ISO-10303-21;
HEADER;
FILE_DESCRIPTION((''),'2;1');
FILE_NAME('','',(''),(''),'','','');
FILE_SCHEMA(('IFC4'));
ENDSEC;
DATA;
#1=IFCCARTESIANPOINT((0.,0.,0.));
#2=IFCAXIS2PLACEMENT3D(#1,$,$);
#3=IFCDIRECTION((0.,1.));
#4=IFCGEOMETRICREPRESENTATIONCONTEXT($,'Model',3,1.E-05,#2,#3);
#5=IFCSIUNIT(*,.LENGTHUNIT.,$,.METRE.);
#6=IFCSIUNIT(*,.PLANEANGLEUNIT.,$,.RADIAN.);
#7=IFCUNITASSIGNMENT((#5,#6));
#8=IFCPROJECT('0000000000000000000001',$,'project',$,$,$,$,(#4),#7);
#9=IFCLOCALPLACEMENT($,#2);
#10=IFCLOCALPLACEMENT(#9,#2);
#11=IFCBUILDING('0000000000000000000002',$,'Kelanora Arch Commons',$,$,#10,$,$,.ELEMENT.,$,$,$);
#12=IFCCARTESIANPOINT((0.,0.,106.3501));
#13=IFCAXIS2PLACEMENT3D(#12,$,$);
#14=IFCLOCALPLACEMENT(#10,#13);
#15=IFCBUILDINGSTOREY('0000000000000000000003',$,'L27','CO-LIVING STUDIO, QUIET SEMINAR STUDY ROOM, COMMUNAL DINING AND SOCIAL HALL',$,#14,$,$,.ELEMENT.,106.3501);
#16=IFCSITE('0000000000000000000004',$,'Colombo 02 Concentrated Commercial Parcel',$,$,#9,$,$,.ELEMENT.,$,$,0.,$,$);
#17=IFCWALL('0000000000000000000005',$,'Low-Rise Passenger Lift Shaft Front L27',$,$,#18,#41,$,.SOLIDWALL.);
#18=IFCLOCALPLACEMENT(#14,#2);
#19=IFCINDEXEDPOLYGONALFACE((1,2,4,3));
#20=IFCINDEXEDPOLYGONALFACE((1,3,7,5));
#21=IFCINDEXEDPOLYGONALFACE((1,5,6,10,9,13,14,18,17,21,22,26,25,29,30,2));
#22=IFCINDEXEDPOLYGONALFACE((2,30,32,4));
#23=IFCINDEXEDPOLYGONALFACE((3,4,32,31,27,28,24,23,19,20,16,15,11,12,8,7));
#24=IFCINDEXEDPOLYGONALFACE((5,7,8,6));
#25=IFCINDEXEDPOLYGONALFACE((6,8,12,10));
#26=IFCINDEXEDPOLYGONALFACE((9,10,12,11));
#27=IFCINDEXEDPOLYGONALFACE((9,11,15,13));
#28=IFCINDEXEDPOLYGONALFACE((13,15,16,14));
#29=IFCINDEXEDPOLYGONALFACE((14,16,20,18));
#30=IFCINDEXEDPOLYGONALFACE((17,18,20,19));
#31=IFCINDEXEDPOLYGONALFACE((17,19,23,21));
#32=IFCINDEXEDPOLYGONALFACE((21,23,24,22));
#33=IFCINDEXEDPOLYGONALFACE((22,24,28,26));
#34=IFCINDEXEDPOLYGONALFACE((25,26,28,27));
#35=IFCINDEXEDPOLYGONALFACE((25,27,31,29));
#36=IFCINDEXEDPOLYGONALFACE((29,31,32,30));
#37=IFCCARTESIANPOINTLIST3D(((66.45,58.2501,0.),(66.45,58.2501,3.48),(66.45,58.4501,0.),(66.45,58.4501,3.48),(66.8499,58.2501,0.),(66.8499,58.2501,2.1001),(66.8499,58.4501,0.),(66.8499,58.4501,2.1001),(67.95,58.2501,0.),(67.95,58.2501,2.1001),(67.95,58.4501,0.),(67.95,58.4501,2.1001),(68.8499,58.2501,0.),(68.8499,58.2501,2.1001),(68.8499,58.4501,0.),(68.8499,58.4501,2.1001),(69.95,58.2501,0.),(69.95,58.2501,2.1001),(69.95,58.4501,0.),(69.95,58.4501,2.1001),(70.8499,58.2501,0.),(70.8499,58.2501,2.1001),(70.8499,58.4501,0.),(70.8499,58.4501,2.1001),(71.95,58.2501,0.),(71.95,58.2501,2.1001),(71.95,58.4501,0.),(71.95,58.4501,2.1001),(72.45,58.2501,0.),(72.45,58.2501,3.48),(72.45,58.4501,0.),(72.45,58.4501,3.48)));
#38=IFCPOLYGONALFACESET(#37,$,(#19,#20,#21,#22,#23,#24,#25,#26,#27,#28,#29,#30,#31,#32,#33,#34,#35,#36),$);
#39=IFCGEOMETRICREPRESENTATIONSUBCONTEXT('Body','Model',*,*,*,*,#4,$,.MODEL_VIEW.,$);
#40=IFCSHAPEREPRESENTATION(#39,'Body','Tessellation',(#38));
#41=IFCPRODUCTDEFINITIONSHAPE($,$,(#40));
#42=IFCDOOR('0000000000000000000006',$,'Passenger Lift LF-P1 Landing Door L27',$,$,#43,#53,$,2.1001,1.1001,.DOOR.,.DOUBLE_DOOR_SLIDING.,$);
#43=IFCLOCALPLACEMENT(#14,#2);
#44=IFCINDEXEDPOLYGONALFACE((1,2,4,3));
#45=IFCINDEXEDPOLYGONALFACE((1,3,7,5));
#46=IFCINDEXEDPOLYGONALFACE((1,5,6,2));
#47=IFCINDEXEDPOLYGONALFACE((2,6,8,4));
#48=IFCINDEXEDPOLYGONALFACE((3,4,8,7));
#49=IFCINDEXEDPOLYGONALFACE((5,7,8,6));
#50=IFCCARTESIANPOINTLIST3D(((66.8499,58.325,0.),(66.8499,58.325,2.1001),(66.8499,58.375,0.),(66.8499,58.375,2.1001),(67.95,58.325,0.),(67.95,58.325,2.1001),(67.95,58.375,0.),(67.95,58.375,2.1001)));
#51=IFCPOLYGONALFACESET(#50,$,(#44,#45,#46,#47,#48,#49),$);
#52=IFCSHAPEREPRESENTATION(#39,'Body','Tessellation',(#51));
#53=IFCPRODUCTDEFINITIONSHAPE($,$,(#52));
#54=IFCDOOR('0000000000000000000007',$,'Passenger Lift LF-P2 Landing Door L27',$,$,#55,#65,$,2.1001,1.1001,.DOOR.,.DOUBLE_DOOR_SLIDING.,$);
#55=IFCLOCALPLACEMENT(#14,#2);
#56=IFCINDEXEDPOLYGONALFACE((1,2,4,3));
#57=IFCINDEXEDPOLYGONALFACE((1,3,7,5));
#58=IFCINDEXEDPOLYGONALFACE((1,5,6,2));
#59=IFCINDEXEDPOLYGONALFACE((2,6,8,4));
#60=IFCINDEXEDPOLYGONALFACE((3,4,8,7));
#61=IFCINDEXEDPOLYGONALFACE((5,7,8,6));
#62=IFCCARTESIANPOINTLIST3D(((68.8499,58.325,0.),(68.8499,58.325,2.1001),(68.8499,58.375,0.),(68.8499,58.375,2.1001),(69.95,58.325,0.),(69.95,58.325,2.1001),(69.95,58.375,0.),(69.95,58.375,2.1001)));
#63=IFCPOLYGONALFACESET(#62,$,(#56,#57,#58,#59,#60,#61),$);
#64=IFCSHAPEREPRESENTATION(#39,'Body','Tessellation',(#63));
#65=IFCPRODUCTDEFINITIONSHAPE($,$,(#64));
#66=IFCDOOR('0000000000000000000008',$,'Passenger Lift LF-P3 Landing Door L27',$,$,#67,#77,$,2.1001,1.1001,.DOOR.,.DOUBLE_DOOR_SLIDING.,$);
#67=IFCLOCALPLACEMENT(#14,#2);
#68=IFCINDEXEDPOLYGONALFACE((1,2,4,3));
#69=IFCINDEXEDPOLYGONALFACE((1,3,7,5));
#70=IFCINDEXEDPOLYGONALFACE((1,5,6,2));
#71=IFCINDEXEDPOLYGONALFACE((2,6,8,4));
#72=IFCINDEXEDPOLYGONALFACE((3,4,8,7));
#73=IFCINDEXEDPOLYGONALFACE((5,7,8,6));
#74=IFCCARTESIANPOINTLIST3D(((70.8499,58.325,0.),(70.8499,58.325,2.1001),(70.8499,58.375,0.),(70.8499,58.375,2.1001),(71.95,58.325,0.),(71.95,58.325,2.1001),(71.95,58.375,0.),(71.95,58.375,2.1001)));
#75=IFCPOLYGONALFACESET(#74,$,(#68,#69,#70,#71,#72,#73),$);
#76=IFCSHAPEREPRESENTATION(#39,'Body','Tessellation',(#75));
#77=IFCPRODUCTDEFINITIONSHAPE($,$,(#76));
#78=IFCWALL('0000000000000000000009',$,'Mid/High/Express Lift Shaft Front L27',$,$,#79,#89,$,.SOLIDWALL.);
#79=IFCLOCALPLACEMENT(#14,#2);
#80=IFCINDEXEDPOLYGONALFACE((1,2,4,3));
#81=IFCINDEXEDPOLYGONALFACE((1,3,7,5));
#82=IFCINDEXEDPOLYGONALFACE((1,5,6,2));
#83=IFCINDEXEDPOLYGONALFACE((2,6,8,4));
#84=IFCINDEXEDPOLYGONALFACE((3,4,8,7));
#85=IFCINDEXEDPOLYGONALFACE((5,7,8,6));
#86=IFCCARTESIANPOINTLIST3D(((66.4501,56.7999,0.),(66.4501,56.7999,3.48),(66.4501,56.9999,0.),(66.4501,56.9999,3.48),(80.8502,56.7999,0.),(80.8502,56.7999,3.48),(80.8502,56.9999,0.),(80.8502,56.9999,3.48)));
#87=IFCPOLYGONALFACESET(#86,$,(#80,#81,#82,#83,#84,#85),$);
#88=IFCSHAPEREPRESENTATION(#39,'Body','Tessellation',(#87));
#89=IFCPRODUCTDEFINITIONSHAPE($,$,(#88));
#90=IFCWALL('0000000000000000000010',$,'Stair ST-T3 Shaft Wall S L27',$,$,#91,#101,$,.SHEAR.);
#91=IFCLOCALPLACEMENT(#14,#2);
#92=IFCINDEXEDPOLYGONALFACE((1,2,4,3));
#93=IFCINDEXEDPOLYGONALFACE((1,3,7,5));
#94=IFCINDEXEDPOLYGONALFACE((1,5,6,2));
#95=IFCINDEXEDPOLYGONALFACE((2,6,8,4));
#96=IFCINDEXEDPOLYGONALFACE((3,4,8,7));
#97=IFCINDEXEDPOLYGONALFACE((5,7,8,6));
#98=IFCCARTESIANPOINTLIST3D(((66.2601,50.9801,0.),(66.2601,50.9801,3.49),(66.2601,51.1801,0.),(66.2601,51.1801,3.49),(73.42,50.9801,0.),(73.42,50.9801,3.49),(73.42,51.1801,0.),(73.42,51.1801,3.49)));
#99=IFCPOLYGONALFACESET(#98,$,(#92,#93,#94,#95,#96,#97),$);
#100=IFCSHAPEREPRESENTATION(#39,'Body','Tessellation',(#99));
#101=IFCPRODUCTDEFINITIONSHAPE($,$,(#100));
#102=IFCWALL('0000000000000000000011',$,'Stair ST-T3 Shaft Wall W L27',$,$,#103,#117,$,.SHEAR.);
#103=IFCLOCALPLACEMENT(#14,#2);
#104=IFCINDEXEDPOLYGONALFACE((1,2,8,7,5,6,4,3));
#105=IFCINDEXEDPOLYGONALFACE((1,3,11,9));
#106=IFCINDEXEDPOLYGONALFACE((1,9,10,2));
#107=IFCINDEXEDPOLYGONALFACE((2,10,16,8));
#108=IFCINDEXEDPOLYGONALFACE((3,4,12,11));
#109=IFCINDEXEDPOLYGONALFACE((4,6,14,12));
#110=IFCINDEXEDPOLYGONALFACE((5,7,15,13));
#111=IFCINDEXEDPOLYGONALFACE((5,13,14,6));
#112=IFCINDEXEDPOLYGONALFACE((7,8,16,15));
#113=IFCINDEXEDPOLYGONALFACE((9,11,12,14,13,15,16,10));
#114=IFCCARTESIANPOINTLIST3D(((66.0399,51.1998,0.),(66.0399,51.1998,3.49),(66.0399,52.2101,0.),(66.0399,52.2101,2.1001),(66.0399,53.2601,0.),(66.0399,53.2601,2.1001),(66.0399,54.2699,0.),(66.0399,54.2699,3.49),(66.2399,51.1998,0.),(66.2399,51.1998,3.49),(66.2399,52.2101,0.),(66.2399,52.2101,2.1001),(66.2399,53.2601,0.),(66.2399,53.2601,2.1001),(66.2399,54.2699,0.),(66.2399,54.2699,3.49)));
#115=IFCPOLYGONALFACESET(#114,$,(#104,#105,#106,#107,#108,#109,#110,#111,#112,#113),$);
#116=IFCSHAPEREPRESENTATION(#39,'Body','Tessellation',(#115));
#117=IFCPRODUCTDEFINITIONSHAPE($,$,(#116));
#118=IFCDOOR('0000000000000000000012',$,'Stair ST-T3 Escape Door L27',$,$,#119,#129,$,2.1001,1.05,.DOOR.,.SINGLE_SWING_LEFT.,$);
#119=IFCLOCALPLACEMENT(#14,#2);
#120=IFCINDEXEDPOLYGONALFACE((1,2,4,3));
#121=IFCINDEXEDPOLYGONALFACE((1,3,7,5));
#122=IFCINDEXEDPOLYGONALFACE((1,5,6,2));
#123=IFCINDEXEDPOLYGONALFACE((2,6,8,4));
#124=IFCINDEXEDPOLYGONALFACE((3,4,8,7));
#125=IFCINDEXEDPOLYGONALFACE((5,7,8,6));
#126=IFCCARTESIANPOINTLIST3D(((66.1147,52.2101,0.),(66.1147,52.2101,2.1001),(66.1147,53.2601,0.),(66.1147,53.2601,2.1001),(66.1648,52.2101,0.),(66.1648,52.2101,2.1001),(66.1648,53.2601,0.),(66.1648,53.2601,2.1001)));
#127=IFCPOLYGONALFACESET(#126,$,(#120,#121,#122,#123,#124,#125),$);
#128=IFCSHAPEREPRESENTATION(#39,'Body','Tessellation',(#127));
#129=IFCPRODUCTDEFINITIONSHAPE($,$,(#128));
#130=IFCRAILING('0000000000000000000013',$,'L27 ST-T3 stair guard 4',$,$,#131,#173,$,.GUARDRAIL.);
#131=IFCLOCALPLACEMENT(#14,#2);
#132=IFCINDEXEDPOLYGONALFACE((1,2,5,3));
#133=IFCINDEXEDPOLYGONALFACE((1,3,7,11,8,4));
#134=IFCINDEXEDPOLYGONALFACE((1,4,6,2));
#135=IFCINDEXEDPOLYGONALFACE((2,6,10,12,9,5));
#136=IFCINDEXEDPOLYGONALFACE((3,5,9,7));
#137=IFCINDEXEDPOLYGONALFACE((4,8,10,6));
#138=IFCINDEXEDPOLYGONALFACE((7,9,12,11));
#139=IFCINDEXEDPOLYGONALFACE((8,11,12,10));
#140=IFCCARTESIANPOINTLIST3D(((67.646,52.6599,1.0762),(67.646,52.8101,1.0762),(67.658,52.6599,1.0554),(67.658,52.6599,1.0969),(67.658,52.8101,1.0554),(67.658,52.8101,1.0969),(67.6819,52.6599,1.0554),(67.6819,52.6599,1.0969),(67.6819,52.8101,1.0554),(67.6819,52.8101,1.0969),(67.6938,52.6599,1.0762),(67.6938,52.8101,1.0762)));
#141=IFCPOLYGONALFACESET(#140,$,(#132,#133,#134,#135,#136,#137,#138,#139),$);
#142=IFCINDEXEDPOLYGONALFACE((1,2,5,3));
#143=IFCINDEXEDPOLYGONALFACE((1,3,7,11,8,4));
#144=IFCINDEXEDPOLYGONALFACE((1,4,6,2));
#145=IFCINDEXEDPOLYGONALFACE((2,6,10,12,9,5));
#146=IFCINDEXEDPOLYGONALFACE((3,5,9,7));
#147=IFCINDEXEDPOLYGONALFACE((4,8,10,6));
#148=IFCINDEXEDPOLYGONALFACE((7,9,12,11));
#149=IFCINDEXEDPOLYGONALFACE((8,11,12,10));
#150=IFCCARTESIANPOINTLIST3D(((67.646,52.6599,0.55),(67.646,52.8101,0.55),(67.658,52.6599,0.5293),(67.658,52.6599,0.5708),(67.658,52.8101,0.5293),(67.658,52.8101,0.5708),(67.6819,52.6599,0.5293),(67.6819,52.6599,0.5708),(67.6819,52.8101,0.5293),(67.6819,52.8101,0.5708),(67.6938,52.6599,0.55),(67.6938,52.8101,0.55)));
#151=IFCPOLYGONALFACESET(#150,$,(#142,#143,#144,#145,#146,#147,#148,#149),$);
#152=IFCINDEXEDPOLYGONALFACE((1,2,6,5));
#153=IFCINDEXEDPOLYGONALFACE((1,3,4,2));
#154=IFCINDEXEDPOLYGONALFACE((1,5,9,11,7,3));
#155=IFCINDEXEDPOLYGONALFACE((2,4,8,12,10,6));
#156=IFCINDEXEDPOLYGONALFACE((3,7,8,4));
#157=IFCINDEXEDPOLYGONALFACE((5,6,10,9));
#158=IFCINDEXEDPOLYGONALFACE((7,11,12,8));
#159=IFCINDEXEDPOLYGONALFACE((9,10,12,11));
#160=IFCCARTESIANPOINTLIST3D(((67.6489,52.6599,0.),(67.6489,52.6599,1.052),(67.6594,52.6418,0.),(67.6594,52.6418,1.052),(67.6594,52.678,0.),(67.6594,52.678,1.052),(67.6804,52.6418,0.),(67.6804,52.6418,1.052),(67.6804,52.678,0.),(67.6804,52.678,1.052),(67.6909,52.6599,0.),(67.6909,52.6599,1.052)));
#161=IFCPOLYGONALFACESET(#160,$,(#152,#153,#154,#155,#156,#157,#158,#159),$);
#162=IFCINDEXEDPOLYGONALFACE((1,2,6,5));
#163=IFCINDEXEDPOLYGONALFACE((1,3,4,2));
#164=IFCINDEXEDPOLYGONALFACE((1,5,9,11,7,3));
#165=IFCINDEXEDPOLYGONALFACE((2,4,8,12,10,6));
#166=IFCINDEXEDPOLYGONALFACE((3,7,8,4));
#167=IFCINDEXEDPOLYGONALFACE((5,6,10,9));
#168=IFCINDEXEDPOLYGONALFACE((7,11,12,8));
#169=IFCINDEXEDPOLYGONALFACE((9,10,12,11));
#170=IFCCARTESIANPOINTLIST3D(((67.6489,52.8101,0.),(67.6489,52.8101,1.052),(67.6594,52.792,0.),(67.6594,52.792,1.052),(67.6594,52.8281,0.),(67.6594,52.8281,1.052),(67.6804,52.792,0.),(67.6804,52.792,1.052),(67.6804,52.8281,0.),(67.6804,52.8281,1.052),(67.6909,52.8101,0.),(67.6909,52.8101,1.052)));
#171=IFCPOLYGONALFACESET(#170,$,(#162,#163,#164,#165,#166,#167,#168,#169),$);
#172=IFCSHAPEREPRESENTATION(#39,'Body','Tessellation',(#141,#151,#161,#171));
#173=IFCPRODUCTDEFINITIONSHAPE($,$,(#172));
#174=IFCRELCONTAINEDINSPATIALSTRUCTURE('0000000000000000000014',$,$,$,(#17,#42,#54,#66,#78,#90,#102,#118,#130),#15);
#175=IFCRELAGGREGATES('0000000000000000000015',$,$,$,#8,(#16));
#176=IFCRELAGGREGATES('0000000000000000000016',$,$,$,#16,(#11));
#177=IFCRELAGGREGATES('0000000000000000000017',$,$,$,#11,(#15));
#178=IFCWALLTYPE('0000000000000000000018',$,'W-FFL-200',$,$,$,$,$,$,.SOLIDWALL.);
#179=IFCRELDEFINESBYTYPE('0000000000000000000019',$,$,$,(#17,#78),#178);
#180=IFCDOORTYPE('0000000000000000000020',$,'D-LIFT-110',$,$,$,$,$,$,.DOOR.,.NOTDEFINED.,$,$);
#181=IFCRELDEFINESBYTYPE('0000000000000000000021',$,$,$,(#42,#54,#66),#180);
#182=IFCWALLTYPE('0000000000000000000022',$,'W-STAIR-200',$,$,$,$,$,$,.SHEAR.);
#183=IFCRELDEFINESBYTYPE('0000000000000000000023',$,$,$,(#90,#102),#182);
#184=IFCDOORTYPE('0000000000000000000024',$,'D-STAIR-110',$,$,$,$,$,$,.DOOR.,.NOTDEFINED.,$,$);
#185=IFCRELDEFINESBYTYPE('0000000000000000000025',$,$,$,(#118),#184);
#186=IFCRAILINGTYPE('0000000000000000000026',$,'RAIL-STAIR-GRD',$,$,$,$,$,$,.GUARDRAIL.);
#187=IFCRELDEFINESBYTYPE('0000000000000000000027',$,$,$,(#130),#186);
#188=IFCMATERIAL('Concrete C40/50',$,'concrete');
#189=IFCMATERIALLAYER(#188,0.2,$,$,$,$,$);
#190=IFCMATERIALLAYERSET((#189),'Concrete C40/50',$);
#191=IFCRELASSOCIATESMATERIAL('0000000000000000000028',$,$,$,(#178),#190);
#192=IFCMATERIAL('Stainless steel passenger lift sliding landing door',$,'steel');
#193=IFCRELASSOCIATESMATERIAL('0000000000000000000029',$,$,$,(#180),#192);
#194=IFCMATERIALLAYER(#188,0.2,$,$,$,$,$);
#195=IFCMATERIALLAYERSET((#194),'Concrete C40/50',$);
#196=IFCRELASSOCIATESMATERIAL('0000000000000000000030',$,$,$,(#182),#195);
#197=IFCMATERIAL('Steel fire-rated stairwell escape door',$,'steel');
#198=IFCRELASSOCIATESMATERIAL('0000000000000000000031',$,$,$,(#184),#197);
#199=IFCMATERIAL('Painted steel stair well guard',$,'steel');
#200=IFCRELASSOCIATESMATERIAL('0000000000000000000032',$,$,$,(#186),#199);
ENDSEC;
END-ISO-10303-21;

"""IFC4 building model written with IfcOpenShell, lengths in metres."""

from ifc_helpers import new_model, si_unit, direction, frame, frame_2d, origin, place, context, subcontext, project, spatial, polyline, rectangle, outline, extrude, material, layer, layer_set, type_object, element, fill, save


model = new_model("IFC4")

# Units and contexts
model_context = context("Model", 3, precision=1e-05, world=origin(), true_north=direction((0.0, 1.0)))
body_context = subcontext(model_context, "Body", "Model", "MODEL_VIEW")
ifc_project = project(units=[si_unit("LENGTHUNIT", "METRE"), si_unit("PLANEANGLEUNIT", "RADIAN")], contexts=[model_context])

# Site, building, storey
site_placement = place(None, origin())
site = spatial("IfcSite", under=ifc_project, at=site_placement, Name="Colombo 02 Concentrated Commercial Parcel", CompositionType="ELEMENT", RefElevation=0.0)
building_placement = place(site_placement, origin())
building = spatial("IfcBuilding", under=site, at=building_placement, Name="Kelanora Arch Commons", CompositionType="ELEMENT")
storey_placement = place(building_placement, frame((0.0, 0.0, 106.3501)))
storey = spatial("IfcBuildingStorey", under=building, at=storey_placement, Name="L27", Description="CO-LIVING STUDIO, QUIET SEMINAR STUDY ROOM, COMMUNAL DINING AND SOCIAL HALL", CompositionType="ELEMENT", Elevation=106.3501)

# Wall, openings, doors
ifc_material_1 = material(Name="Concrete C40/50", Category="concrete")
ifc_layer_1 = layer(ifc_material_1, 0.2)
ifc_layer_set_1 = layer_set([ifc_layer_1], Name="Concrete C40/50")
wall_type_1 = type_object("IfcWallType", Name="W-FFL-200", PredefinedType="SOLIDWALL", material=ifc_layer_set_1)
wall_1_placement = place(storey_placement, frame((66.45, 58.3501, 0.0), z_axis=(0.0, 0.0, 1.0), x_axis=(1.0, 0.0, 0.0)))
wall_1 = element("IfcWall", 1, at=wall_1_placement, inside=storey, type_object=wall_type_1, Name="Low-Rise Passenger Lift Shaft Front L27", PredefinedType="SOLIDWALL", context=body_context, shape_type="SweptSolid", body=[
    extrude(rectangle(XDim=6.0, YDim=0.2, at=frame_2d((3.0, 0.0))), origin(), (0.0, 0.0, 1.0), 3.48),
])
opening_1_placement = place(wall_1_placement, frame((0.3999, 0.0, 0.0)))
opening_1 = element("IfcOpeningElement", 2, at=opening_1_placement, cuts=wall_1, PredefinedType="OPENING", context=body_context, shape_type="SweptSolid", body=[
    extrude(rectangle(XDim=1.1001, YDim=2.1001, at=frame_2d((0.55, 1.05))), frame((0.0, 0.1099, 0.0), z_axis=(0.0, -1.0, 0.0), x_axis=(1.0, 0.0, 0.0)), (0.0, 0.0, 1.0), 0.22),
])
opening_2_placement = place(wall_1_placement, frame((2.3999, 0.0, 0.0)))
opening_2 = element("IfcOpeningElement", 3, at=opening_2_placement, cuts=wall_1, PredefinedType="OPENING", context=body_context, shape_type="SweptSolid", body=[
    extrude(rectangle(XDim=1.1001, YDim=2.1001, at=frame_2d((0.55, 1.05))), frame((0.0, 0.1099, 0.0), z_axis=(0.0, -1.0, 0.0), x_axis=(1.0, 0.0, 0.0)), (0.0, 0.0, 1.0), 0.22),
])
opening_3_placement = place(wall_1_placement, frame((4.3999, 0.0, 0.0)))
opening_3 = element("IfcOpeningElement", 4, at=opening_3_placement, cuts=wall_1, PredefinedType="OPENING", context=body_context, shape_type="SweptSolid", body=[
    extrude(rectangle(XDim=1.1001, YDim=2.1001, at=frame_2d((0.55, 1.05))), frame((0.0, 0.1099, 0.0), z_axis=(0.0, -1.0, 0.0), x_axis=(1.0, 0.0, 0.0)), (0.0, 0.0, 1.0), 0.22),
])
ifc_material_2 = material(Name="Stainless steel passenger lift sliding landing door", Category="steel")
door_type_1 = type_object("IfcDoorType", Name="D-LIFT-110", OperationType="NOTDEFINED", PredefinedType="DOOR", material=ifc_material_2)
door_1_placement = place(opening_1_placement, origin())
door_1 = element("IfcDoor", 5, at=door_1_placement, inside=storey, type_object=door_type_1, Name="Passenger Lift LF-P1 Landing Door L27", OperationType="DOUBLE_DOOR_SLIDING", OverallHeight=2.1001, OverallWidth=1.1001, PredefinedType="DOOR", context=body_context, shape_type="SweptSolid", body=[
    extrude(rectangle(XDim=1.1001, YDim=2.1001, at=frame_2d((0.55, 1.05))), frame((0.0, 0.0249, 0.0), z_axis=(0.0, -1.0, 0.0), x_axis=(1.0, 0.0, 0.0)), (0.0, 0.0, 1.0), 0.05),
])
fill(opening_1, door_1)
door_2_placement = place(opening_2_placement, origin())
door_2 = element("IfcDoor", 6, at=door_2_placement, inside=storey, type_object=door_type_1, Name="Passenger Lift LF-P2 Landing Door L27", OperationType="DOUBLE_DOOR_SLIDING", OverallHeight=2.1001, OverallWidth=1.1001, PredefinedType="DOOR", context=body_context, shape_type="SweptSolid", body=[
    extrude(rectangle(XDim=1.1001, YDim=2.1001, at=frame_2d((0.55, 1.05))), frame((0.0, 0.0249, 0.0), z_axis=(0.0, -1.0, 0.0), x_axis=(1.0, 0.0, 0.0)), (0.0, 0.0, 1.0), 0.05),
])
fill(opening_2, door_2)
door_3_placement = place(opening_3_placement, origin())
door_3 = element("IfcDoor", 7, at=door_3_placement, inside=storey, type_object=door_type_1, Name="Passenger Lift LF-P3 Landing Door L27", OperationType="DOUBLE_DOOR_SLIDING", OverallHeight=2.1001, OverallWidth=1.1001, PredefinedType="DOOR", context=body_context, shape_type="SweptSolid", body=[
    extrude(rectangle(XDim=1.1001, YDim=2.1001, at=frame_2d((0.55, 1.05))), frame((0.0, 0.0249, 0.0), z_axis=(0.0, -1.0, 0.0), x_axis=(1.0, 0.0, 0.0)), (0.0, 0.0, 1.0), 0.05),
])
fill(opening_3, door_3)

# Walls
wall_2_placement = place(storey_placement, frame((66.45, 56.8999, 0.0), z_axis=(0.0, 0.0, 1.0), x_axis=(1.0, 0.0, 0.0)))
element("IfcWall", 8, at=wall_2_placement, inside=storey, type_object=wall_type_1, Name="Mid/High/Express Lift Shaft Front L27", PredefinedType="SOLIDWALL", context=body_context, shape_type="SweptSolid", body=[
    extrude(rectangle(XDim=14.4001, YDim=0.2, at=frame_2d((7.2002, 0.0))), origin(), (0.0, 0.0, 1.0), 3.48),
])
ifc_layer_2 = layer(ifc_material_1, 0.2)
ifc_layer_set_2 = layer_set([ifc_layer_2], Name="Concrete C40/50")
wall_type_2 = type_object("IfcWallType", Name="W-STAIR-200", PredefinedType="SHEAR", material=ifc_layer_set_2)
wall_3_placement = place(storey_placement, frame((66.26, 51.0801, 0.0), z_axis=(0.0, 0.0, 1.0), x_axis=(1.0, 0.0, 0.0)))
element("IfcWall", 9, at=wall_3_placement, inside=storey, type_object=wall_type_2, Name="Stair ST-T3 Shaft Wall S L27", PredefinedType="SHEAR", context=body_context, shape_type="SweptSolid", body=[
    extrude(rectangle(XDim=7.1599, YDim=0.2, at=frame_2d((3.5801, 0.0))), origin(), (0.0, 0.0, 1.0), 3.49),
])

# Wall, opening, door
wall_4_placement = place(storey_placement, frame((66.1399, 54.27, 0.0), z_axis=(0.0, 0.0, 1.0), x_axis=(0.0, -1.0, 0.0)))
wall_4 = element("IfcWall", 10, at=wall_4_placement, inside=storey, type_object=wall_type_2, Name="Stair ST-T3 Shaft Wall W L27", PredefinedType="SHEAR", context=body_context, shape_type="SweptSolid", body=[
    extrude(rectangle(XDim=3.0701, YDim=0.2, at=frame_2d((1.5352, 0.0))), origin(), (0.0, 0.0, 1.0), 3.49),
])
opening_4_placement = place(wall_4_placement, frame((1.01, 0.0, 0.0)))
opening_4 = element("IfcOpeningElement", 11, at=opening_4_placement, cuts=wall_4, PredefinedType="OPENING", context=body_context, shape_type="SweptSolid", body=[
    extrude(rectangle(XDim=1.05, YDim=2.1001, at=frame_2d((0.5249, 1.05))), frame((0.0, 0.1099, 0.0), z_axis=(0.0, -1.0, 0.0), x_axis=(1.0, 0.0, 0.0)), (0.0, 0.0, 1.0), 0.22),
])
ifc_material_3 = material(Name="Steel fire-rated stairwell escape door", Category="steel")
door_type_2 = type_object("IfcDoorType", Name="D-STAIR-110", OperationType="NOTDEFINED", PredefinedType="DOOR", material=ifc_material_3)
door_4_placement = place(opening_4_placement, origin())
door_4 = element("IfcDoor", 12, at=door_4_placement, inside=storey, type_object=door_type_2, Name="Stair ST-T3 Escape Door L27", OperationType="SINGLE_SWING_LEFT", OverallHeight=2.1001, OverallWidth=1.05, PredefinedType="DOOR", context=body_context, shape_type="SweptSolid", body=[
    extrude(rectangle(XDim=1.05, YDim=2.1001, at=frame_2d((0.5249, 1.05))), frame((0.0, 0.0249, 0.0), z_axis=(0.0, -1.0, 0.0), x_axis=(1.0, 0.0, 0.0)), (0.0, 0.0, 1.0), 0.05),
])
fill(opening_4, door_4)

# Railing
ifc_material_4 = material(Name="Painted steel stair well guard", Category="steel")
railing_type = type_object("IfcRailingType", Name="RAIL-STAIR-GRD", PredefinedType="GUARDRAIL", material=ifc_material_4)
railing_placement = place(storey_placement, frame((67.6699, 52.6599, 0.0)))
element("IfcRailing", 13, at=railing_placement, inside=storey, type_object=railing_type, Name="L27 ST-T3 stair guard 4", PredefinedType="GUARDRAIL", context=body_context, shape_type="SweptSolid", body=[
    extrude(outline(polyline([(0.0239, 0.0), (0.012, 0.0208), (-0.012, 0.0208), (-0.0239, 0.0), (-0.012, -0.0208), (0.012, -0.0208), (0.0239, 0.0)])), frame((0.0, 0.0, 1.0762), z_axis=(0.0, 1.0, 0.0), x_axis=(-1.0, 0.0, 0.0)), (0.0, 0.0, 1.0), 0.1501),
    extrude(outline(polyline([(0.0239, 0.0), (0.012, 0.0208), (-0.012, 0.0208), (-0.0239, 0.0), (-0.012, -0.0208), (0.012, -0.0208), (0.0239, 0.0)])), frame((0.0, 0.0, 0.55), z_axis=(0.0, 1.0, 0.0), x_axis=(-1.0, 0.0, 0.0)), (0.0, 0.0, 1.0), 0.1501),
    extrude(outline(polyline([(0.021, 0.0), (0.0105, 0.0181), (-0.0105, 0.0181), (-0.021, 0.0), (-0.0105, -0.0181), (0.0105, -0.0181), (0.021, 0.0)])), origin(), (0.0, 0.0, 1.0), 1.052),
    extrude(outline(polyline([(0.021, 0.0), (0.0105, 0.0181), (-0.0105, 0.0181), (-0.021, 0.0), (-0.0105, -0.0181), (0.0105, -0.0181), (0.021, 0.0)])), frame((0.0, 0.1501, 0.0)), (0.0, 0.0, 1.0), 1.052),
])

save(model, "model.ifc")
